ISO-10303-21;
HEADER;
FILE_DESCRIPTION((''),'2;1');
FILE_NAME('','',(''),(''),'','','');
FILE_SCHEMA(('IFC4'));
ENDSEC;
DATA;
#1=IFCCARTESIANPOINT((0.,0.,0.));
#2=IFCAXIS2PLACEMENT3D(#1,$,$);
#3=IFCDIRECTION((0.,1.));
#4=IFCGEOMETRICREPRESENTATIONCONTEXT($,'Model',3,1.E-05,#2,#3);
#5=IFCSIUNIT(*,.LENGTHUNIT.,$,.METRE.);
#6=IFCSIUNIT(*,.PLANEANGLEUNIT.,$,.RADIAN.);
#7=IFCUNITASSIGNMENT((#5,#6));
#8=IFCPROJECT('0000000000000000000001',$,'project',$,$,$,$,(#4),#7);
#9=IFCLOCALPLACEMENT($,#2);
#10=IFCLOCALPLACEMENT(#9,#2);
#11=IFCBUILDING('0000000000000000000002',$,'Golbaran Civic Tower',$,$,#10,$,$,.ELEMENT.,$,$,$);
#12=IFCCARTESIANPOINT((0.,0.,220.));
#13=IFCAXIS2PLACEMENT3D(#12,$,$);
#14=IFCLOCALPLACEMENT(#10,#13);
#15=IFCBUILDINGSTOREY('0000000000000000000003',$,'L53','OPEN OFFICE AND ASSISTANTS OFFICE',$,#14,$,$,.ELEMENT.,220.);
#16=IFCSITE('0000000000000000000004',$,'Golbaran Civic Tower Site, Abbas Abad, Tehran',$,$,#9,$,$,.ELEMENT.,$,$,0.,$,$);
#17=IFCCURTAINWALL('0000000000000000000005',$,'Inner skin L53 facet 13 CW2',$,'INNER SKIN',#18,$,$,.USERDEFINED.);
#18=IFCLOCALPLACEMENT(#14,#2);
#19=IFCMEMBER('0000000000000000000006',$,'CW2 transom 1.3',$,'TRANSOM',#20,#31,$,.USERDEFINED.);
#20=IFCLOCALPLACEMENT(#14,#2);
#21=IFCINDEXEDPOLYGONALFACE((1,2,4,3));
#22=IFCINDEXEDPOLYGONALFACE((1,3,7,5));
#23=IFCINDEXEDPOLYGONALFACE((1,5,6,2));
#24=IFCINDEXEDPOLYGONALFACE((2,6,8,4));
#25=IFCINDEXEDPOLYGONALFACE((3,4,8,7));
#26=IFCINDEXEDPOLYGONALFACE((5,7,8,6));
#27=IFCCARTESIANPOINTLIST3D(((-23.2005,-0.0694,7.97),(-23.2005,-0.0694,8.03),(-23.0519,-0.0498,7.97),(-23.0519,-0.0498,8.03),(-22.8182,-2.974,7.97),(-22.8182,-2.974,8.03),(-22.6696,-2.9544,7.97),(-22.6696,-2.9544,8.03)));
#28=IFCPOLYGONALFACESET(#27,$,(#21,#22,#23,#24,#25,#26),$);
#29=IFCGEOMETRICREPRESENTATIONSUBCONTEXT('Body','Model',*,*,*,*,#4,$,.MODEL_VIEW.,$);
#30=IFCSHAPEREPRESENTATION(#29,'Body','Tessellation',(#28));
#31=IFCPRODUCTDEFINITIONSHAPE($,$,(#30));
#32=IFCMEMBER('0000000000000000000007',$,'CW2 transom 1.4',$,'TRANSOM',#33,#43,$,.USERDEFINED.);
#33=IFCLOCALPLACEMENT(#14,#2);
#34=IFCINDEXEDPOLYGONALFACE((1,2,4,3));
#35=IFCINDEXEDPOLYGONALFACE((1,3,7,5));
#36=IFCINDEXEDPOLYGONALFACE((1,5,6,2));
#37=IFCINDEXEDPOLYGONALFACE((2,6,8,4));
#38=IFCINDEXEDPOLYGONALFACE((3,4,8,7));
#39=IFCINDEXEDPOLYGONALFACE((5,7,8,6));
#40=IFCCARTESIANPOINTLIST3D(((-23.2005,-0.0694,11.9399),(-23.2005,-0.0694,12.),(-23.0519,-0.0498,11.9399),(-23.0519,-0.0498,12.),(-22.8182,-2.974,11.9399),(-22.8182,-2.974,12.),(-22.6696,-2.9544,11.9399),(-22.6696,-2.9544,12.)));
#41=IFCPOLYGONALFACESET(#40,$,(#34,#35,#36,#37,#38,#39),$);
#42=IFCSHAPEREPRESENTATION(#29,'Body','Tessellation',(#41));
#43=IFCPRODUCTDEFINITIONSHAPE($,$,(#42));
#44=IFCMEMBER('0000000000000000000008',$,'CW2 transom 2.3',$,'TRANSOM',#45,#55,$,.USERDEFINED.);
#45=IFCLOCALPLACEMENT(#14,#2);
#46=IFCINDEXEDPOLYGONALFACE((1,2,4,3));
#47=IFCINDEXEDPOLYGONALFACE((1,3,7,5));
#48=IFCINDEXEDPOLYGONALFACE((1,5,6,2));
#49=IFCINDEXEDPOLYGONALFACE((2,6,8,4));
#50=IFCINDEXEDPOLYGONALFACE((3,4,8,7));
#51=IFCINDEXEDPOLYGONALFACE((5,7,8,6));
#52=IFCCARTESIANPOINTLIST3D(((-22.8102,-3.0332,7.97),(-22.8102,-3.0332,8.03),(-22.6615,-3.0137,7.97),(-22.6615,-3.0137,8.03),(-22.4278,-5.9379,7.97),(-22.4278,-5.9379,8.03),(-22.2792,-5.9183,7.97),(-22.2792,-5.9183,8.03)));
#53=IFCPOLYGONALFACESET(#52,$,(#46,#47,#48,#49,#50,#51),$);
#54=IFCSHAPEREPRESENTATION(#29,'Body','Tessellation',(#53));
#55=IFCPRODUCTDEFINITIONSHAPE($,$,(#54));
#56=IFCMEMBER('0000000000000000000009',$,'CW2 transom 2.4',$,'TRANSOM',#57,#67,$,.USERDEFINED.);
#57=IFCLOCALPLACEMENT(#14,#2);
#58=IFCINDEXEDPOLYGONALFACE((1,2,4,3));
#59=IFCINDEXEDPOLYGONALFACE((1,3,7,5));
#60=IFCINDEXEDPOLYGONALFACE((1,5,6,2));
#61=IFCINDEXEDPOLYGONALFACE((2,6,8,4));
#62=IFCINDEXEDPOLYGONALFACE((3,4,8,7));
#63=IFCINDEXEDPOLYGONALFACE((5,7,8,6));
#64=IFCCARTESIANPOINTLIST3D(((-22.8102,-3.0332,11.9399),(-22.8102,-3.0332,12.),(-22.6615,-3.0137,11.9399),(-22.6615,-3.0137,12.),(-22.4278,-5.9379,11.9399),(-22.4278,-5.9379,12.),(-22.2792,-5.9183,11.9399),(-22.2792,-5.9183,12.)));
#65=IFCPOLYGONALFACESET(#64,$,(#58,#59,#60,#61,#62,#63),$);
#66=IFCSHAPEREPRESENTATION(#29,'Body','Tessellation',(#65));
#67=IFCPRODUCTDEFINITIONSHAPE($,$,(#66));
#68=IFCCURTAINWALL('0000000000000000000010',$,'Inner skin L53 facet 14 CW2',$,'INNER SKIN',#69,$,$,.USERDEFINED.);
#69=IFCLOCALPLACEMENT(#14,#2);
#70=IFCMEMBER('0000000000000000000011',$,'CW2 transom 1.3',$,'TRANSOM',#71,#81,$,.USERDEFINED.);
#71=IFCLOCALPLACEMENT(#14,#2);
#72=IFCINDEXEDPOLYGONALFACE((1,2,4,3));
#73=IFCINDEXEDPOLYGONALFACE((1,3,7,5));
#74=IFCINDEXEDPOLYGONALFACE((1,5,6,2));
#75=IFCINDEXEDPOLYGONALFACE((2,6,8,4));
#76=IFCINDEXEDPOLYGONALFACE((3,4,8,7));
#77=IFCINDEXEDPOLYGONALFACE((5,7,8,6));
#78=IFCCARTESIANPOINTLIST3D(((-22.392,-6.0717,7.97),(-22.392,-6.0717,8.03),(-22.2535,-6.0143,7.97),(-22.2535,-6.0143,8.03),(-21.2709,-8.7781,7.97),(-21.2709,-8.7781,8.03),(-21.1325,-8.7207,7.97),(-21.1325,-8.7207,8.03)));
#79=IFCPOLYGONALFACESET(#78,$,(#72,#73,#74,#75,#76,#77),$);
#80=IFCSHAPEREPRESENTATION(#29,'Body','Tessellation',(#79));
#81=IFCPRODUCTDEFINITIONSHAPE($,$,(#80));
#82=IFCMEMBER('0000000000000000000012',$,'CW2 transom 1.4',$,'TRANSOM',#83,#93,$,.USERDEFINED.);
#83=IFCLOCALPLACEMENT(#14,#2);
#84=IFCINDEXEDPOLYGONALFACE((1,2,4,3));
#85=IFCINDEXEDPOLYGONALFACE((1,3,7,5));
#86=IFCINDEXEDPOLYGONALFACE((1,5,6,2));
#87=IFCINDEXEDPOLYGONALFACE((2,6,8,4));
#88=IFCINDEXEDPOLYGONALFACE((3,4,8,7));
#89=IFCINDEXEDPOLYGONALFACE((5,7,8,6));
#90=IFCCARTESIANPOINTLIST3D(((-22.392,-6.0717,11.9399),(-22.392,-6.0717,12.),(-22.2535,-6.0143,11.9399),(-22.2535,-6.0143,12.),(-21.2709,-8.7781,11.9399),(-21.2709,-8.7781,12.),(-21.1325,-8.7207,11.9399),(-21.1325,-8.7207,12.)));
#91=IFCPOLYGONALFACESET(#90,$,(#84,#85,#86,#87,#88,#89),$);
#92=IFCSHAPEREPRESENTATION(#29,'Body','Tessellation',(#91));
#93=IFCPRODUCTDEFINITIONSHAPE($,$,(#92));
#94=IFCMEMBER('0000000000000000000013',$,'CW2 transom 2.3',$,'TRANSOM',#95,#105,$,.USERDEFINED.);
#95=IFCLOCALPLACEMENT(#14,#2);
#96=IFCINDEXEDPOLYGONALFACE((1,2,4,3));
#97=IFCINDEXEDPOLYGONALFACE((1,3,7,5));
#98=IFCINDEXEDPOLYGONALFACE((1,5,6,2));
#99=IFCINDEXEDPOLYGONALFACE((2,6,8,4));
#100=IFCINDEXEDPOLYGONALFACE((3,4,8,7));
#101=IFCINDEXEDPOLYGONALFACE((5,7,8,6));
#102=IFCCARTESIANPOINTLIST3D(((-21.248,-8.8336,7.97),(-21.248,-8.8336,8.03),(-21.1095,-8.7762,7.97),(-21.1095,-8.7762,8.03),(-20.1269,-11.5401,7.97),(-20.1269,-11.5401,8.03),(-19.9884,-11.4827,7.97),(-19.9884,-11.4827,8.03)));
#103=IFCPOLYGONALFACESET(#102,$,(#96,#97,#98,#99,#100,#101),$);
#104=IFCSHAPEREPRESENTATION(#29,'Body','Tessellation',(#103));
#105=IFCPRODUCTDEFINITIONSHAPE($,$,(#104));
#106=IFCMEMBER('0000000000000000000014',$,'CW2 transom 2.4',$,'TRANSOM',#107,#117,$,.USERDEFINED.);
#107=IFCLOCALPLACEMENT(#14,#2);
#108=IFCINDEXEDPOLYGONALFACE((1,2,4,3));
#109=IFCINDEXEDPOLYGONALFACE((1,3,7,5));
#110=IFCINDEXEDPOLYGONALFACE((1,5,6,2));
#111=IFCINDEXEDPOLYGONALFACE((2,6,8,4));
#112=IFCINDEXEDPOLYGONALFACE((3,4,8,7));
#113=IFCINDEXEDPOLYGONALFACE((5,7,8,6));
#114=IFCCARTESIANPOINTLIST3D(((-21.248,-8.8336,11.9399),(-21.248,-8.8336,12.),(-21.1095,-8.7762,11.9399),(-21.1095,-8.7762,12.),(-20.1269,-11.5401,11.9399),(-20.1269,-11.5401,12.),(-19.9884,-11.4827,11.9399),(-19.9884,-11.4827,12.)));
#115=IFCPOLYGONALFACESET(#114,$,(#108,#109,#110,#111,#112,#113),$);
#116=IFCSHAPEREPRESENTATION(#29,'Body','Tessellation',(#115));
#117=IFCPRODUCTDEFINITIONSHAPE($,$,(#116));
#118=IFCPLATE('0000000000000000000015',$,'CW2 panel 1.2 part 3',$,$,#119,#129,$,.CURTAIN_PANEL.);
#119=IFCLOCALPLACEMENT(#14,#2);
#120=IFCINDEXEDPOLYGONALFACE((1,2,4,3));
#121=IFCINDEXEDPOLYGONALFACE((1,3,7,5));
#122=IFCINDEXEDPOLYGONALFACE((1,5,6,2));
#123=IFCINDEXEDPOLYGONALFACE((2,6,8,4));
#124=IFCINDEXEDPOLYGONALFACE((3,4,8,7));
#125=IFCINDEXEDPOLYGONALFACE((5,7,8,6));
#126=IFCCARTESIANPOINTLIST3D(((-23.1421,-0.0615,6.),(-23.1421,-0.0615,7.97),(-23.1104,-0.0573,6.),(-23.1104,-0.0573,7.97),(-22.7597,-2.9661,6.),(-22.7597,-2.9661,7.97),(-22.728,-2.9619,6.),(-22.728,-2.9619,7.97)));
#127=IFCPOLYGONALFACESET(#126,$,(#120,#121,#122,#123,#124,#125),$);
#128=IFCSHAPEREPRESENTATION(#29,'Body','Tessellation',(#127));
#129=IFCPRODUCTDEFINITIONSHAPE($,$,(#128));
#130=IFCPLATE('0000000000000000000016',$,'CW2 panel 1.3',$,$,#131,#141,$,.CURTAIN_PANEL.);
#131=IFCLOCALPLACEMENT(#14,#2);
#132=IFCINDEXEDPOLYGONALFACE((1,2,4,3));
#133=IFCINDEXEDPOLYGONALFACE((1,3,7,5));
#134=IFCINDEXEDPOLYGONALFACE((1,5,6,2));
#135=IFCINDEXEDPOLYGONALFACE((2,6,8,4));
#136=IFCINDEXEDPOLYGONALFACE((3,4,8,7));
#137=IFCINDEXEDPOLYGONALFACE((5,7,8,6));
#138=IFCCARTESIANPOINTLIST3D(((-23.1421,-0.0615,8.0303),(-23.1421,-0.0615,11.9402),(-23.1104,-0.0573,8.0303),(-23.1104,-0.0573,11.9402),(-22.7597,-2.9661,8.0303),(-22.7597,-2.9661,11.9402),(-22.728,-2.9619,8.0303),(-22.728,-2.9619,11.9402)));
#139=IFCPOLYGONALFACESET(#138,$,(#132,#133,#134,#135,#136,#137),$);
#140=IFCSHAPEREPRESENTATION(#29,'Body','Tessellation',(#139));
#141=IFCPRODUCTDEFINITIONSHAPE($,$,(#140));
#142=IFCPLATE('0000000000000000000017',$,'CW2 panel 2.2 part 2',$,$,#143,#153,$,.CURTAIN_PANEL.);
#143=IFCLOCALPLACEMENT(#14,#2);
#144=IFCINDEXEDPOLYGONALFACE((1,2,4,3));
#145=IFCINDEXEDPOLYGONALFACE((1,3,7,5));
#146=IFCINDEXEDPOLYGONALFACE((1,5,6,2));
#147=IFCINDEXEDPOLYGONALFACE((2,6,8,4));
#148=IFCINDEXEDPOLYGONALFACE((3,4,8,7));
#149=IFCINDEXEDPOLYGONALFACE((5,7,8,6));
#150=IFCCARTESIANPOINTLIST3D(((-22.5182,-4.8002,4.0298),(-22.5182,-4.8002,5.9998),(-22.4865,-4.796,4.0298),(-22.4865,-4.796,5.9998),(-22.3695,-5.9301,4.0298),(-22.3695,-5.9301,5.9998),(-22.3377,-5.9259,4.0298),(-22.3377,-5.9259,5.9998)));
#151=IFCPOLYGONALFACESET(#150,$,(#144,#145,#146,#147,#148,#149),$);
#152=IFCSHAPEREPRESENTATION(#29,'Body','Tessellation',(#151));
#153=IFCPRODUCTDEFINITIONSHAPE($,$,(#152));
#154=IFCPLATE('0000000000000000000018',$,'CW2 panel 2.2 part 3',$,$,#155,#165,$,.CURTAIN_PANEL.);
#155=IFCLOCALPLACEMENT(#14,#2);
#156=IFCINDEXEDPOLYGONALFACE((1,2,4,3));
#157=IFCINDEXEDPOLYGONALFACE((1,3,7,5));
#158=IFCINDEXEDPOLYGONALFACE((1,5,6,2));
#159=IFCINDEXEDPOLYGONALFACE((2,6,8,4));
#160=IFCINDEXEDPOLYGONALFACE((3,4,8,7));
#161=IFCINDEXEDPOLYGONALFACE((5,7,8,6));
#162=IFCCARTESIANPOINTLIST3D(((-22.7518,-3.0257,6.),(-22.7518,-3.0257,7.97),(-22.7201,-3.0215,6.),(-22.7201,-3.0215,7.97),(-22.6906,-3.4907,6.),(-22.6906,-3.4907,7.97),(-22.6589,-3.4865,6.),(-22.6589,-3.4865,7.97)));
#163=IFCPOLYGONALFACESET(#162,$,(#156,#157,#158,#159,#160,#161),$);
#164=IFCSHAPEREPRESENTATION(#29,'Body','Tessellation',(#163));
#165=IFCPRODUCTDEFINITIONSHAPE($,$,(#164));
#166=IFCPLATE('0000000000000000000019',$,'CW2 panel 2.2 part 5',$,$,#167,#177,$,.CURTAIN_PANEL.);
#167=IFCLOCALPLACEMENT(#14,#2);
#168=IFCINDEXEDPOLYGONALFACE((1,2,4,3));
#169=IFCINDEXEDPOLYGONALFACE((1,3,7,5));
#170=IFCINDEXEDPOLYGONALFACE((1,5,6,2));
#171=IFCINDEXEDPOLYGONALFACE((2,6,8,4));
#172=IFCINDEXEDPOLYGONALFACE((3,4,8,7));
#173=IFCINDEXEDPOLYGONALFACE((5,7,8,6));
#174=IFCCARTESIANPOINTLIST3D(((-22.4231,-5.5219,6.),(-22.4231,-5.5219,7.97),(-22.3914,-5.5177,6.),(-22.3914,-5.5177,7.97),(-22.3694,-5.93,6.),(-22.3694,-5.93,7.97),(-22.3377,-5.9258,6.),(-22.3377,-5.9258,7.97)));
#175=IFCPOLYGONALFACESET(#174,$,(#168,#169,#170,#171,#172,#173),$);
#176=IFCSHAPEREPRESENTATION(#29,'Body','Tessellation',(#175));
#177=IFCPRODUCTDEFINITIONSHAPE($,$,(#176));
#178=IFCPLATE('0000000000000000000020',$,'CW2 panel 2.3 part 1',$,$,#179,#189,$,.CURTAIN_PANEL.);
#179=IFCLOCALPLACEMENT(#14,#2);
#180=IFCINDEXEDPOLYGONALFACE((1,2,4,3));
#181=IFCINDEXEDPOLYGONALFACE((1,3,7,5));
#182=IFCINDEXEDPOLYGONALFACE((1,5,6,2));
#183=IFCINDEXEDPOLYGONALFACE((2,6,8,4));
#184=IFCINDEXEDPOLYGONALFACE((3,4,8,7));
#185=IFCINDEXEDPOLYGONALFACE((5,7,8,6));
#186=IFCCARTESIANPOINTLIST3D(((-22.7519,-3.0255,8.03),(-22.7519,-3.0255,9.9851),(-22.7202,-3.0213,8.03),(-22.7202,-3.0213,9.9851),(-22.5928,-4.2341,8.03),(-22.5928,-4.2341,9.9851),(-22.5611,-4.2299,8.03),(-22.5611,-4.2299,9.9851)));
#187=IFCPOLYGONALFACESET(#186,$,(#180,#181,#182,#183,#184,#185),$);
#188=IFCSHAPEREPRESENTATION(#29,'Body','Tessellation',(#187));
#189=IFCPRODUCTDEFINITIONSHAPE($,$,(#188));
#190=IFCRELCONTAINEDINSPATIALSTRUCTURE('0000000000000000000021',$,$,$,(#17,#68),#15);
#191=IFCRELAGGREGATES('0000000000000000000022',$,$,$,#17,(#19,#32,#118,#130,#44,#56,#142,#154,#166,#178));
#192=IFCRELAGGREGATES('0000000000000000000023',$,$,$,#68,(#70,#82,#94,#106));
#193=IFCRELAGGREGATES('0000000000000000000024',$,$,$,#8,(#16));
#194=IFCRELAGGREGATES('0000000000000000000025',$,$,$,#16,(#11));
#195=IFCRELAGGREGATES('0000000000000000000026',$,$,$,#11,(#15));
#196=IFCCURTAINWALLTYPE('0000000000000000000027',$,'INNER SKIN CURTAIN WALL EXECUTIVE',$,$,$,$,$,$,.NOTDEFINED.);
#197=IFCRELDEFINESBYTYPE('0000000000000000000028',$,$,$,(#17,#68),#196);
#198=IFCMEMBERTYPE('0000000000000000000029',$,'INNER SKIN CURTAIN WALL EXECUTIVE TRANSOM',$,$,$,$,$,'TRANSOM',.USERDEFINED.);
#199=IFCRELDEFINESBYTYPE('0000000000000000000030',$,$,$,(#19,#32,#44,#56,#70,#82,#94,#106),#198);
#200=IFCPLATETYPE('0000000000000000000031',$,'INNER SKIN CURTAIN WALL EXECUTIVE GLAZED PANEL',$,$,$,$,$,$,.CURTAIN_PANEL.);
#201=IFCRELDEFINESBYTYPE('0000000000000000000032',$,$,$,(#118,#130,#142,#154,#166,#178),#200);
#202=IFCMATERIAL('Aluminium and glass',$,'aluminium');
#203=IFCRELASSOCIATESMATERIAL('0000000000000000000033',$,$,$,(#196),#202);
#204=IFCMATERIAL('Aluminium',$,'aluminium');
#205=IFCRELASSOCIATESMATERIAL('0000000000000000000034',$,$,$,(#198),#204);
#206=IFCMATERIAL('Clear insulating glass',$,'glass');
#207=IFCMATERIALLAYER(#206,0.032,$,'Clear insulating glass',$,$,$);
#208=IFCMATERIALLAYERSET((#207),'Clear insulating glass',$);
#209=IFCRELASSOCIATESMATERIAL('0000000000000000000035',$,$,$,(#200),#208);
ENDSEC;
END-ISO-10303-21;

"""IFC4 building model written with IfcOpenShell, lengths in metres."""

from ifc_helpers import new_model, si_unit, direction, frame, origin, origin_2d, place, context, subcontext, project, spatial, rectangle, extrude, material, layer, layer_set, material_profile, profile_set, type_object, element, aggregate, save


model = new_model("IFC4")

# Units and contexts
model_context = context("Model", 3, precision=1e-05, world=origin(), true_north=direction((0.0, 1.0)))
body_context = subcontext(model_context, "Body", "Model", "MODEL_VIEW")
ifc_project = project(units=[si_unit("LENGTHUNIT", "METRE"), si_unit("PLANEANGLEUNIT", "RADIAN")], contexts=[model_context])

# Site, building, storey
site_placement = place(None, origin())
site = spatial("IfcSite", under=ifc_project, at=site_placement, Name="Golbaran Civic Tower Site, Abbas Abad, Tehran", CompositionType="ELEMENT", RefElevation=0.0)
building_placement = place(site_placement, origin())
building = spatial("IfcBuilding", under=site, at=building_placement, Name="Golbaran Civic Tower", CompositionType="ELEMENT")
storey_placement = place(building_placement, frame((0.0, 0.0, 220.0)))
storey = spatial("IfcBuildingStorey", under=building, at=storey_placement, Name="L53", Description="OPEN OFFICE AND ASSISTANTS OFFICE", CompositionType="ELEMENT", Elevation=220.0)

# Curtain walls, members
ifc_material_1 = material(Name="Aluminium and glass", Category="aluminium")
curtain_wall_type = type_object("IfcCurtainWallType", Name="INNER SKIN CURTAIN WALL EXECUTIVE", PredefinedType="NOTDEFINED", material=ifc_material_1)
curtain_wall_1_placement = place(storey_placement, origin())
curtain_wall_1 = element("IfcCurtainWall", 1, at=curtain_wall_1_placement, inside=storey, type_object=curtain_wall_type, Name="Inner skin L53 facet 13 CW2", ObjectType="INNER SKIN", PredefinedType="USERDEFINED")
ifc_material_2 = material(Name="Aluminium", Category="aluminium")
ifc_material_profile = material_profile(ifc_material_2, rectangle(XDim=0.1499, YDim=0.0601, at=origin_2d()), Name="INNER SKIN CURTAIN WALL EXECUTIVE TRANSOM")
ifc_profile_set = profile_set([ifc_material_profile], Name="Aluminium")
member_type = type_object("IfcMemberType", Name="INNER SKIN CURTAIN WALL EXECUTIVE TRANSOM", ElementType="TRANSOM", PredefinedType="USERDEFINED", material=ifc_profile_set)
member_1_placement = place(storey_placement, frame((-23.1262, -0.0596, 8.0), z_axis=(0.130504, -0.991448, 0.0), x_axis=(0.991448, 0.130504, 0.0)))
member_1 = element("IfcMember", 2, at=member_1_placement, type_object=member_type, Name="CW2 transom 1.3", ObjectType="TRANSOM", PredefinedType="USERDEFINED", context=body_context, shape_type="SweptSolid", body=[
    extrude(rectangle(XDim=0.1499, YDim=0.0601, at=origin_2d()), origin(), (0.0, 0.0, 1.0), 2.9297),
])
member_2_placement = place(storey_placement, frame((-23.1262, -0.0596, 11.97), z_axis=(0.130504, -0.991448, 0.0), x_axis=(0.991448, 0.130504, 0.0)))
member_2 = element("IfcMember", 3, at=member_2_placement, type_object=member_type, Name="CW2 transom 1.4", ObjectType="TRANSOM", PredefinedType="USERDEFINED", context=body_context, shape_type="SweptSolid", body=[
    extrude(rectangle(XDim=0.1499, YDim=0.0601, at=origin_2d()), origin(), (0.0, 0.0, 1.0), 2.9297),
])
member_3_placement = place(storey_placement, frame((-22.7358, -3.0234, 8.0), z_axis=(0.130504, -0.991448, 0.0), x_axis=(0.991448, 0.130504, 0.0)))
member_3 = element("IfcMember", 4, at=member_3_placement, type_object=member_type, Name="CW2 transom 2.3", ObjectType="TRANSOM", PredefinedType="USERDEFINED", context=body_context, shape_type="SweptSolid", body=[
    extrude(rectangle(XDim=0.1499, YDim=0.0601, at=origin_2d()), origin(), (0.0, 0.0, 1.0), 2.9297),
])
member_4_placement = place(storey_placement, frame((-22.7358, -3.0234, 11.97), z_axis=(0.130504, -0.991448, 0.0), x_axis=(0.991448, 0.130504, 0.0)))
member_4 = element("IfcMember", 5, at=member_4_placement, type_object=member_type, Name="CW2 transom 2.4", ObjectType="TRANSOM", PredefinedType="USERDEFINED", context=body_context, shape_type="SweptSolid", body=[
    extrude(rectangle(XDim=0.1499, YDim=0.0601, at=origin_2d()), origin(), (0.0, 0.0, 1.0), 2.9297),
])
curtain_wall_2_placement = place(storey_placement, origin())
curtain_wall_2 = element("IfcCurtainWall", 6, at=curtain_wall_2_placement, inside=storey, type_object=curtain_wall_type, Name="Inner skin L53 facet 14 CW2", ObjectType="INNER SKIN", PredefinedType="USERDEFINED")
member_5_placement = place(storey_placement, frame((-22.3228, -6.043, 8.0), z_axis=(0.382685, -0.923879, 0.0), x_axis=(0.923879, 0.382685, 0.0)))
member_5 = element("IfcMember", 7, at=member_5_placement, type_object=member_type, Name="CW2 transom 1.3", ObjectType="TRANSOM", PredefinedType="USERDEFINED", context=body_context, shape_type="SweptSolid", body=[
    extrude(rectangle(XDim=0.1499, YDim=0.0601, at=origin_2d()), origin(), (0.0, 0.0, 1.0), 2.9294),
])
member_6_placement = place(storey_placement, frame((-22.3228, -6.043, 11.97), z_axis=(0.382685, -0.923879, 0.0), x_axis=(0.923879, 0.382685, 0.0)))
member_6 = element("IfcMember", 8, at=member_6_placement, type_object=member_type, Name="CW2 transom 1.4", ObjectType="TRANSOM", PredefinedType="USERDEFINED", context=body_context, shape_type="SweptSolid", body=[
    extrude(rectangle(XDim=0.1499, YDim=0.0601, at=origin_2d()), origin(), (0.0, 0.0, 1.0), 2.9294),
])
member_7_placement = place(storey_placement, frame((-21.1787, -8.8049, 8.0), z_axis=(0.382685, -0.923879, 0.0), x_axis=(0.923879, 0.382685, 0.0)))
member_7 = element("IfcMember", 9, at=member_7_placement, type_object=member_type, Name="CW2 transom 2.3", ObjectType="TRANSOM", PredefinedType="USERDEFINED", context=body_context, shape_type="SweptSolid", body=[
    extrude(rectangle(XDim=0.1499, YDim=0.0601, at=origin_2d()), origin(), (0.0, 0.0, 1.0), 2.9294),
])
member_8_placement = place(storey_placement, frame((-21.1787, -8.8049, 11.97), z_axis=(0.382685, -0.923879, 0.0), x_axis=(0.923879, 0.382685, 0.0)))
member_8 = element("IfcMember", 10, at=member_8_placement, type_object=member_type, Name="CW2 transom 2.4", ObjectType="TRANSOM", PredefinedType="USERDEFINED", context=body_context, shape_type="SweptSolid", body=[
    extrude(rectangle(XDim=0.1499, YDim=0.0601, at=origin_2d()), origin(), (0.0, 0.0, 1.0), 2.9294),
])

# Plates
ifc_material_3 = material(Name="Clear insulating glass", Category="glass")
ifc_layer_1 = layer(ifc_material_3, 0.032, Name="Clear insulating glass")
ifc_layer_set_1 = layer_set([ifc_layer_1], Name="Clear insulating glass")
plate_type_1 = type_object("IfcPlateType", Name="INNER SKIN CURTAIN WALL EXECUTIVE GLAZED PANEL", PredefinedType="CURTAIN_PANEL", material=ifc_layer_set_1)
plate_1_placement = place(storey_placement, frame((-22.9351, -1.5117, 6.0), z_axis=(0.0, 0.0, 1.0), x_axis=(0.130526, -0.991445, 0.0)))
plate_1 = element("IfcPlate", 11, at=plate_1_placement, type_object=plate_type_1, Name="CW2 panel 1.2 part 3", PredefinedType="CURTAIN_PANEL", context=body_context, shape_type="SweptSolid", body=[
    extrude(rectangle(XDim=2.9297, YDim=0.032, at=origin_2d()), origin(), (0.0, 0.0, 1.0), 1.97),
])
plate_2_placement = place(storey_placement, frame((-22.9351, -1.5117, 8.0303), z_axis=(0.0, 0.0, 1.0), x_axis=(0.130526, -0.991445, 0.0)))
plate_2 = element("IfcPlate", 12, at=plate_2_placement, type_object=plate_type_1, Name="CW2 panel 1.3", PredefinedType="CURTAIN_PANEL", context=body_context, shape_type="SweptSolid", body=[
    extrude(rectangle(XDim=2.9297, YDim=0.032, at=origin_2d()), origin(), (0.0, 0.0, 1.0), 3.9099),
])
plate_3_placement = place(storey_placement, frame((-22.428, -5.363, 4.0298), z_axis=(0.0, 0.0, 1.0), x_axis=(0.130526, -0.991445, 0.0)))
plate_3 = element("IfcPlate", 13, at=plate_3_placement, type_object=plate_type_1, Name="CW2 panel 2.2 part 2", PredefinedType="CURTAIN_PANEL", context=body_context, shape_type="SweptSolid", body=[
    extrude(rectangle(XDim=1.1396, YDim=0.032, at=origin_2d()), origin(), (0.0, 0.0, 1.0), 1.97),
])
plate_4_placement = place(storey_placement, frame((-22.7053, -3.2561, 6.0), z_axis=(0.0, 0.0, 1.0), x_axis=(0.130526, -0.991445, 0.0)))
plate_4 = element("IfcPlate", 14, at=plate_4_placement, type_object=plate_type_1, Name="CW2 panel 2.2 part 3", PredefinedType="CURTAIN_PANEL", context=body_context, shape_type="SweptSolid", body=[
    extrude(rectangle(XDim=0.469, YDim=0.032, at=origin_2d()), origin(), (0.0, 0.0, 1.0), 1.97),
])
plate_5_placement = place(storey_placement, frame((-22.3804, -5.7239, 6.0), z_axis=(0.0, 0.0, 1.0), x_axis=(0.130526, -0.991445, 0.0)))
plate_5 = element("IfcPlate", 15, at=plate_5_placement, type_object=plate_type_1, Name="CW2 panel 2.2 part 5", PredefinedType="CURTAIN_PANEL", context=body_context, shape_type="SweptSolid", body=[
    extrude(rectangle(XDim=0.4116, YDim=0.032, at=origin_2d()), origin(), (0.0, 0.0, 1.0), 1.97),
])
plate_6_placement = place(storey_placement, frame((-22.6565, -3.6277, 8.03), z_axis=(0.0, 0.0, 1.0), x_axis=(0.130526, -0.991445, 0.0)))
plate_6 = element("IfcPlate", 16, at=plate_6_placement, type_object=plate_type_1, Name="CW2 panel 2.3 part 1", PredefinedType="CURTAIN_PANEL", context=body_context, shape_type="SweptSolid", body=[
    extrude(rectangle(XDim=1.219, YDim=0.032, at=origin_2d()), origin(), (0.0, 0.0, 1.0), 1.9551),
])
aggregate(curtain_wall_1, [member_1, member_2, plate_1, plate_2, member_3, member_4, plate_3, plate_4, plate_5, plate_6])
aggregate(curtain_wall_2, [member_5, member_6, member_7, member_8])

save(model, "model.ifc")
